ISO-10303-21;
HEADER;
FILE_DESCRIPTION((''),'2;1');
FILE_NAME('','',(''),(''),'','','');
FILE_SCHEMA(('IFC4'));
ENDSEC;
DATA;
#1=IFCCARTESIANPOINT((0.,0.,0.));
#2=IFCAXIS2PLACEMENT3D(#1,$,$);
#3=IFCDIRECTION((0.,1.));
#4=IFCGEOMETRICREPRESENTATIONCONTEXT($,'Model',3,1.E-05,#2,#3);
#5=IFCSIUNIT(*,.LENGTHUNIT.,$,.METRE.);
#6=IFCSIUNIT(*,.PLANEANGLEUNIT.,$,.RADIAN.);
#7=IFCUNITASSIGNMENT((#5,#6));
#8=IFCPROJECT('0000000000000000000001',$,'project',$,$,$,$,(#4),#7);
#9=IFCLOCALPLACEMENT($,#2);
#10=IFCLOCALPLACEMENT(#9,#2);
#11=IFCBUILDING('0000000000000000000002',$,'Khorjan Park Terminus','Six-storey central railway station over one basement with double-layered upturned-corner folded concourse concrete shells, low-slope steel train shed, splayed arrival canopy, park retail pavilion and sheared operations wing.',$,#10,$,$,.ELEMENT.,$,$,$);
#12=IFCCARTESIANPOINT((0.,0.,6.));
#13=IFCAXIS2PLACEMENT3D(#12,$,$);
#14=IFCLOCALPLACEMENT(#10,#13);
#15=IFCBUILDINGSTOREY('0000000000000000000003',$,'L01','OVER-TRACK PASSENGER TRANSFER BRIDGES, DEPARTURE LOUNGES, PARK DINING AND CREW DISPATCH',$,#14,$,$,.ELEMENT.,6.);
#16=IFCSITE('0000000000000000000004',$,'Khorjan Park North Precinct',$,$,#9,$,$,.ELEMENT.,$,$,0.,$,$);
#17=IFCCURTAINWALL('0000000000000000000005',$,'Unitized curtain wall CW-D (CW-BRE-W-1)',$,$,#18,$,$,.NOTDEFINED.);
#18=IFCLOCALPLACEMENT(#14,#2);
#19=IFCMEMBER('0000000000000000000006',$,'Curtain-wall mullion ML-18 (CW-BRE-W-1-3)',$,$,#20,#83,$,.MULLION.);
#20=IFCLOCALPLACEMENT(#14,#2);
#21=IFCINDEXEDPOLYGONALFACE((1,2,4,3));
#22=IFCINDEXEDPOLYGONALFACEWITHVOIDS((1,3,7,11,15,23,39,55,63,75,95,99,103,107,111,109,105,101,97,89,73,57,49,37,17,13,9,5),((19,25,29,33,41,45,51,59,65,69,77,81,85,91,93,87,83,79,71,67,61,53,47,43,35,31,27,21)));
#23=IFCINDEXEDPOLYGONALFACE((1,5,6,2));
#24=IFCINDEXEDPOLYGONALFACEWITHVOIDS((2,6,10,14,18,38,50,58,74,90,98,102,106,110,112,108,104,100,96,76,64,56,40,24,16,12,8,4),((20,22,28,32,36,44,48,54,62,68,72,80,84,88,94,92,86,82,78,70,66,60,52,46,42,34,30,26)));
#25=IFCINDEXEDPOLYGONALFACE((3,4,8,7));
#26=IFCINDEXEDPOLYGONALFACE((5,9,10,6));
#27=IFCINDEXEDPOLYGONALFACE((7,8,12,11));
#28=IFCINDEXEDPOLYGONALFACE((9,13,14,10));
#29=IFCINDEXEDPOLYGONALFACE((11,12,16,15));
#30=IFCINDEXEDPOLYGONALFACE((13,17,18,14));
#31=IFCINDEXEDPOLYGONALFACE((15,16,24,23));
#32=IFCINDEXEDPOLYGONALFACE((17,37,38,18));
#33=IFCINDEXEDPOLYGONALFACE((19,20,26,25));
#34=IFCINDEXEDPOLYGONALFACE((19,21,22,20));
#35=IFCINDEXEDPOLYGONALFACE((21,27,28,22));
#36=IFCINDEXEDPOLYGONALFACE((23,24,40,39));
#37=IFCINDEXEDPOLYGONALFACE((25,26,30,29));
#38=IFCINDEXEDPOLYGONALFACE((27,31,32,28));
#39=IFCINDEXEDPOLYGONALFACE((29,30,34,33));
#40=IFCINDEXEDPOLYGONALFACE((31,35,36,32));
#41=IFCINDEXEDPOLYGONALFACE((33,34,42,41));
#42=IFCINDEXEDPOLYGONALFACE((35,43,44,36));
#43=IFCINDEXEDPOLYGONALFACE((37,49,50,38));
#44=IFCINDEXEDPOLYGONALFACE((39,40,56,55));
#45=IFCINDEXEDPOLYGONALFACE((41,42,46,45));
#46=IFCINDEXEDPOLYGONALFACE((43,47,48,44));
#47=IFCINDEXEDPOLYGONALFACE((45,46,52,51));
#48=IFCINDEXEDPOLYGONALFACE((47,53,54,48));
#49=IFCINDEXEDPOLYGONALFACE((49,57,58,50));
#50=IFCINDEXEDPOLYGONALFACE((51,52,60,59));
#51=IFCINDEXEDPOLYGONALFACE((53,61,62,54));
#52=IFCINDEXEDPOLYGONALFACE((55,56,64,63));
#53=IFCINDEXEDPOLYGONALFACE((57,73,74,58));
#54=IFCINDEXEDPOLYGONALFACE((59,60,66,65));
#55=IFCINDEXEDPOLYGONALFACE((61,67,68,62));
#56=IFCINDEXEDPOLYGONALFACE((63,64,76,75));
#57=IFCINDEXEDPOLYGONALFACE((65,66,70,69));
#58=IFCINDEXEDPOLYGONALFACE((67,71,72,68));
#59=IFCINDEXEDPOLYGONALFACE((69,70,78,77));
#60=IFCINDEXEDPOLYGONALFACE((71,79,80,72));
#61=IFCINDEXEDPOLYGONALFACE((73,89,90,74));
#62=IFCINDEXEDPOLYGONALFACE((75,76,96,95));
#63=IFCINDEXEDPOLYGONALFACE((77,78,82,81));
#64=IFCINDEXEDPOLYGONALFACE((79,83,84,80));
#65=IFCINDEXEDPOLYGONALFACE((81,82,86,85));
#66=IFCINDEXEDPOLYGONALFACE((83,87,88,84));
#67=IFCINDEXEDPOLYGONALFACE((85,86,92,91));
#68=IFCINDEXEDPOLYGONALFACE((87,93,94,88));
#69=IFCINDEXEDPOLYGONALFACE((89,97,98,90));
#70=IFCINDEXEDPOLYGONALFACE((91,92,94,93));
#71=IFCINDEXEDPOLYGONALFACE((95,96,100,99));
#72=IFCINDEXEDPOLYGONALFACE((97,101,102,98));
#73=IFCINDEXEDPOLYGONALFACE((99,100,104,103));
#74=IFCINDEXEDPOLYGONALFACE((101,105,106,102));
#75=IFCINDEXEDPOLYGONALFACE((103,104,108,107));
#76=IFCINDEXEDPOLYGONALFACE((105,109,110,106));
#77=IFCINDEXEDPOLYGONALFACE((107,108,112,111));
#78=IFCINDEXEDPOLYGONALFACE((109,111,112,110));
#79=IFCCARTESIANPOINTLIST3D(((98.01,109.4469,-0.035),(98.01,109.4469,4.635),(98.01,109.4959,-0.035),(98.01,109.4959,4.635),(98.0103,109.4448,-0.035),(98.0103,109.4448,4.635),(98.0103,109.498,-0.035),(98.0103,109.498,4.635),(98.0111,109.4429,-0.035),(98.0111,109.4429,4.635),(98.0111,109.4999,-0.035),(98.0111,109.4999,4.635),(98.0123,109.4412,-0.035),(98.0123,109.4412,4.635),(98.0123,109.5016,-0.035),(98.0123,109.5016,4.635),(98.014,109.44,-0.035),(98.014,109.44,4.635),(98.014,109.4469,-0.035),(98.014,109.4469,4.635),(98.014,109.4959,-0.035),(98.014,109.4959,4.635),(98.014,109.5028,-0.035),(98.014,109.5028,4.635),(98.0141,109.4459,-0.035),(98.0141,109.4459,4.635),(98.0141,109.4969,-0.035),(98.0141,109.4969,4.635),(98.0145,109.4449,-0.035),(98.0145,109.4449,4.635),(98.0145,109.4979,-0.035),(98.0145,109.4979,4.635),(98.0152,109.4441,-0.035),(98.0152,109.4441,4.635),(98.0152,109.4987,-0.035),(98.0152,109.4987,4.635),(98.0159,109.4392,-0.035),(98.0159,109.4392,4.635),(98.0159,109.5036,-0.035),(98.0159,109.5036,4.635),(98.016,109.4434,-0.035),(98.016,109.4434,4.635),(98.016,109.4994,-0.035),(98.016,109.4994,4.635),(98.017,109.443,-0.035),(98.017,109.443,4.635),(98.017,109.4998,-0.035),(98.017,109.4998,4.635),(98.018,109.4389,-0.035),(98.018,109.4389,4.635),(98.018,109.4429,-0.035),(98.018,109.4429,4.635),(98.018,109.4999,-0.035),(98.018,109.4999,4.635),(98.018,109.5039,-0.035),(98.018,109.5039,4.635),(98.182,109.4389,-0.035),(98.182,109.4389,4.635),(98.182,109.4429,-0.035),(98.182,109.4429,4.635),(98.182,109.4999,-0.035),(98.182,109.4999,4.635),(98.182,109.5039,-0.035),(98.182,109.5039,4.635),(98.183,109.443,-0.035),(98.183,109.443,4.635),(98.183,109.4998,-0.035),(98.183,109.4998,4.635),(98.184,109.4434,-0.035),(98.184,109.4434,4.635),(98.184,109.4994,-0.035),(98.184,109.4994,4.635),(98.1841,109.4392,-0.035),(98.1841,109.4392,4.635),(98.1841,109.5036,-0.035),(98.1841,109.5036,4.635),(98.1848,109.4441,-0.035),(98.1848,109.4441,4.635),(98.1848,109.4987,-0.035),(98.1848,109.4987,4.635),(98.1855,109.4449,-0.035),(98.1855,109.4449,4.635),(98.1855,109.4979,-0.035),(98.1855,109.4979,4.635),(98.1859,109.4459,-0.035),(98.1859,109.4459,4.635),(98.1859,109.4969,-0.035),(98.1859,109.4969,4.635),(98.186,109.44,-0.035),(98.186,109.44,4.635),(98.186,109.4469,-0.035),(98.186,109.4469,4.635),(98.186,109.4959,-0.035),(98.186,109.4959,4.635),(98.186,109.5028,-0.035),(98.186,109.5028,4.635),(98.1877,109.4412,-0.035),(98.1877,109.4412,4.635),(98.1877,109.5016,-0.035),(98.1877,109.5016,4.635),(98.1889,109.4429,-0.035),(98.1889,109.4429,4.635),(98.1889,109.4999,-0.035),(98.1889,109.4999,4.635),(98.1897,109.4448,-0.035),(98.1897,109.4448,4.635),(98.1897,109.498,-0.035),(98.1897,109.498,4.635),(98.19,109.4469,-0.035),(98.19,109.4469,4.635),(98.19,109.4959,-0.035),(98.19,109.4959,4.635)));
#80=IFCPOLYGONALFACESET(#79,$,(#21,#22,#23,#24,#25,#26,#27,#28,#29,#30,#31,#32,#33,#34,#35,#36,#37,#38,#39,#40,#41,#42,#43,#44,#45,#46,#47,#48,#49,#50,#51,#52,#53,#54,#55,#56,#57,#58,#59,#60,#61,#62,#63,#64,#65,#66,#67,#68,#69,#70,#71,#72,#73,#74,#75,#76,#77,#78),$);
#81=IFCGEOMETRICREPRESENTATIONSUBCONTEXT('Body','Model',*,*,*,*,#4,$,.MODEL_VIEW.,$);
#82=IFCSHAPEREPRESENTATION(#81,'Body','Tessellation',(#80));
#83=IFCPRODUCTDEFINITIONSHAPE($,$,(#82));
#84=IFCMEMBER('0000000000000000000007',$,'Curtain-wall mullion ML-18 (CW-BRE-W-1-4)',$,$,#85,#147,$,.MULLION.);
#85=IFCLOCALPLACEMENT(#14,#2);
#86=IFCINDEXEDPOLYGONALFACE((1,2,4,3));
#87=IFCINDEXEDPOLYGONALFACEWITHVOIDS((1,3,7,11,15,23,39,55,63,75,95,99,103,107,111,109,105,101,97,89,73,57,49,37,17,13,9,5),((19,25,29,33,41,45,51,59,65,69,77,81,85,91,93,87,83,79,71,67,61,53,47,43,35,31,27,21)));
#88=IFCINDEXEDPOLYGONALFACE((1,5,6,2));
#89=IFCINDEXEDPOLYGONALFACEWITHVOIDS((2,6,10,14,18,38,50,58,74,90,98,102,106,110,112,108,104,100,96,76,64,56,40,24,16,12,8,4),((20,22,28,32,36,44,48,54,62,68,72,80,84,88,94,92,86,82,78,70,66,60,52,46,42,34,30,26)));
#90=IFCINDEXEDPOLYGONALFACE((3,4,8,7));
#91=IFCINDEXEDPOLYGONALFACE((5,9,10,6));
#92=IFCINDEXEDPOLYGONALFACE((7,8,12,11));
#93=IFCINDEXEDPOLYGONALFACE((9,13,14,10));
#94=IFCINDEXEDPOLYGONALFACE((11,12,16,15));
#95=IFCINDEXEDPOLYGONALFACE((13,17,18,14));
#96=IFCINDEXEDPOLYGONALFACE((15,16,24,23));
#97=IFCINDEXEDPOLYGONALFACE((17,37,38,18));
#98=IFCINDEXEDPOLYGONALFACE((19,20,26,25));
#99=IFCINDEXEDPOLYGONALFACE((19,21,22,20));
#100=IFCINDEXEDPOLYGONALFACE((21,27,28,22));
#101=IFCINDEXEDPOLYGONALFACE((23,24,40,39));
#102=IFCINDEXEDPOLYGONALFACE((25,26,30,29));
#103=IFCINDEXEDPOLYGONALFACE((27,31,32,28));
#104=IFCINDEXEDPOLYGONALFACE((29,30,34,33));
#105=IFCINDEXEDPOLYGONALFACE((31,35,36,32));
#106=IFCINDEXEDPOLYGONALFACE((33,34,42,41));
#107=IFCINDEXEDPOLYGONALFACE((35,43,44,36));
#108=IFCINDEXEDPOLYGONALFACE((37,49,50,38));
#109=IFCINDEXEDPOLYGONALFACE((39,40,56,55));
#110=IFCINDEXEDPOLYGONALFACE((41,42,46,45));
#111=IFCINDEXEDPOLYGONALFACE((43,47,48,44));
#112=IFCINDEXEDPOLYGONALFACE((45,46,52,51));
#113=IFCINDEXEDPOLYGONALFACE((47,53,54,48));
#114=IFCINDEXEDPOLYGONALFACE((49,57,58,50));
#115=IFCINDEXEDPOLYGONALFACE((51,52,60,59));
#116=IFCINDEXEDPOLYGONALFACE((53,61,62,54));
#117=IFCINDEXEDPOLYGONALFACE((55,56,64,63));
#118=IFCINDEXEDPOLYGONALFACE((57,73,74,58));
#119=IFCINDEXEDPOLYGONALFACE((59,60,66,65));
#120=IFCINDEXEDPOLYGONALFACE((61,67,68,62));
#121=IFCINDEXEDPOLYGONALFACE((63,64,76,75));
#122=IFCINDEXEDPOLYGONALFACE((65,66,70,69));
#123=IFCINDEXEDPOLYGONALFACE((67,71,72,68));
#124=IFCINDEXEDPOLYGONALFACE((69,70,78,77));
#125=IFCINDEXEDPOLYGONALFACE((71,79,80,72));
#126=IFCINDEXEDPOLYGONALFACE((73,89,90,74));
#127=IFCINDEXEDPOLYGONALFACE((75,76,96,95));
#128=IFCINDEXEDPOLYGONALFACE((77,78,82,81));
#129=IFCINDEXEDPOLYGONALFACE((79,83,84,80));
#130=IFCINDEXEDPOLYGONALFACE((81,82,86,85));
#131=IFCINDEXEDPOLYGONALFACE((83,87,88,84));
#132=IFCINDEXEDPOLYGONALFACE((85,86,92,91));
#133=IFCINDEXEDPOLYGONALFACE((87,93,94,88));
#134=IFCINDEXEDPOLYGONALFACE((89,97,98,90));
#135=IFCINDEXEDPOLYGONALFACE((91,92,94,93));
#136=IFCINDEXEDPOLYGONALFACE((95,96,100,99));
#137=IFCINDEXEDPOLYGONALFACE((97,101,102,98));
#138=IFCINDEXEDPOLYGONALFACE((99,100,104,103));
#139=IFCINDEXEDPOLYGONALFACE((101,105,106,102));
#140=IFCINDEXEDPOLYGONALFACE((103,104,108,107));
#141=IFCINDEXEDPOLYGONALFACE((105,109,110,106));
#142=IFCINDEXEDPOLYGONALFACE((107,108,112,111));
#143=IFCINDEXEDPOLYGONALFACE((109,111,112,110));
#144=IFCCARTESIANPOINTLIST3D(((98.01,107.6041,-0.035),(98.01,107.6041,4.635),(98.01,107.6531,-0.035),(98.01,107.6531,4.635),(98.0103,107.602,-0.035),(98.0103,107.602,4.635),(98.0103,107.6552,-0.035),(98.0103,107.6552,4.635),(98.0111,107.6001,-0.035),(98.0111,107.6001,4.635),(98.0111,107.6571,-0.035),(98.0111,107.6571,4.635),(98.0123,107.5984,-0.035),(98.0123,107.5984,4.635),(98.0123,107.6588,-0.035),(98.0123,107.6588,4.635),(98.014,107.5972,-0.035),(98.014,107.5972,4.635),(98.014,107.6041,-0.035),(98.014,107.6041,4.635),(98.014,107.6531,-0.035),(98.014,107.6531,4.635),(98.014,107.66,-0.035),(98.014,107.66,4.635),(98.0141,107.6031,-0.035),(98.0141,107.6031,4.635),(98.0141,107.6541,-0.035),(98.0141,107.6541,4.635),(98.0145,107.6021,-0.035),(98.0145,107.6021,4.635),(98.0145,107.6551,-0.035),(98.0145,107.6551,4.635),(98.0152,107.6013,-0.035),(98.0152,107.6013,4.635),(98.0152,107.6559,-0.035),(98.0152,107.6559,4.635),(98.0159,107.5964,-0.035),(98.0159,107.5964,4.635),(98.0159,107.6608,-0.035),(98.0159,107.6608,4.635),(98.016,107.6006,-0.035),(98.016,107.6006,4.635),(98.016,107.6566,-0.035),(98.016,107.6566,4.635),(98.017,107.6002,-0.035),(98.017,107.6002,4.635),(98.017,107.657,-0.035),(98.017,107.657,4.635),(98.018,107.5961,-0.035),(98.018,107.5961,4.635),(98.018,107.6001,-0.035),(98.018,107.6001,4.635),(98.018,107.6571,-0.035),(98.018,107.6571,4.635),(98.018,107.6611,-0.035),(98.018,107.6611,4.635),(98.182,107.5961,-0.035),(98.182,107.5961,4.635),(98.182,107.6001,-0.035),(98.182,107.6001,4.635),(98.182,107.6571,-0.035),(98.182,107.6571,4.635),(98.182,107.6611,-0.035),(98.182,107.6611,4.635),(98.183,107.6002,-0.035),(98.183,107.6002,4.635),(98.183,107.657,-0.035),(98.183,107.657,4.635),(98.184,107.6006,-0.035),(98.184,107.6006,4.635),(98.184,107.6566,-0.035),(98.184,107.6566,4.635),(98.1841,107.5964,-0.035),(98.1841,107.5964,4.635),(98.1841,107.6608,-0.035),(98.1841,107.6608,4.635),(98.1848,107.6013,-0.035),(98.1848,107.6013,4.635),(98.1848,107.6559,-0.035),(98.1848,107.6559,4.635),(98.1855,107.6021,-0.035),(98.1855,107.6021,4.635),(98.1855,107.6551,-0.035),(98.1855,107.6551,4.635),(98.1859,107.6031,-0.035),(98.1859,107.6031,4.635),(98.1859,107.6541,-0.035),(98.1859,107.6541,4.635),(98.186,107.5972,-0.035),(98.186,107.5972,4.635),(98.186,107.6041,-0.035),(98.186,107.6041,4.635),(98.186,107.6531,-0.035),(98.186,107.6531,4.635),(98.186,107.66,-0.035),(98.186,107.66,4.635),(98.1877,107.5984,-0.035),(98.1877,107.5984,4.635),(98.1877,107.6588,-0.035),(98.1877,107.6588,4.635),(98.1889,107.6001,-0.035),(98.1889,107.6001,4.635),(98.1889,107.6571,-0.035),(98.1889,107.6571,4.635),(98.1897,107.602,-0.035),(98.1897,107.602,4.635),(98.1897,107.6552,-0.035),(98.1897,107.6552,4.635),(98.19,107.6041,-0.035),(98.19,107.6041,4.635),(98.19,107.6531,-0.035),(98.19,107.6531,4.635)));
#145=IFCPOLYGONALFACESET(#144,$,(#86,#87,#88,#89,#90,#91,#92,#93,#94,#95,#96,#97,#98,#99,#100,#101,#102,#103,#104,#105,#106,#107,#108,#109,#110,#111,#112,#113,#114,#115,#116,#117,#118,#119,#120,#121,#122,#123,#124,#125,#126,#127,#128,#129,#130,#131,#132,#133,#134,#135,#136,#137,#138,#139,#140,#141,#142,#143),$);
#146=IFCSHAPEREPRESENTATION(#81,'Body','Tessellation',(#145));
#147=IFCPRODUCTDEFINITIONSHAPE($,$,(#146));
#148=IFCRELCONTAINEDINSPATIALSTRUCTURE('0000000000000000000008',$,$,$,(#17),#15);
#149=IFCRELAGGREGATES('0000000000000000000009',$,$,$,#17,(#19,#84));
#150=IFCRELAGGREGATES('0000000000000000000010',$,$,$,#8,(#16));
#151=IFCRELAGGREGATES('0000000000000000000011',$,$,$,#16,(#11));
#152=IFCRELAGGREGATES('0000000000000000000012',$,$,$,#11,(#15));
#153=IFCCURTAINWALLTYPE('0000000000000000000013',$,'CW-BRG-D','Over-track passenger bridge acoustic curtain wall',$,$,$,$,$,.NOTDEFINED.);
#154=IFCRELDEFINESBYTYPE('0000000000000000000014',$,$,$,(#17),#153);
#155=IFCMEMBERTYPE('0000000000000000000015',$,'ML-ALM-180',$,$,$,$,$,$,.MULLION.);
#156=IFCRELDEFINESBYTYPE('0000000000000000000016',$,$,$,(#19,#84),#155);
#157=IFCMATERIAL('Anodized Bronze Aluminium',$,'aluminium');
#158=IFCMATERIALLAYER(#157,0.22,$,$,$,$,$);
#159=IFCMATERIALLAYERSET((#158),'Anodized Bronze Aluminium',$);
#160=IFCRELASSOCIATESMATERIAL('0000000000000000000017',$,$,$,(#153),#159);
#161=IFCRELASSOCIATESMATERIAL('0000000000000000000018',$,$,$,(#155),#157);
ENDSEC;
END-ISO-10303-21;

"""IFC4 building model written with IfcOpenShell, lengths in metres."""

from ifc_helpers import new_model, si_unit, direction, frame, origin, origin_2d, place, context, subcontext, project, spatial, hollow_rectangle, extrude, material, layer, layer_set, material_profile, profile_set, type_object, element, aggregate, save


model = new_model("IFC4")

# Units and contexts
model_context = context("Model", 3, precision=1e-05, world=origin(), true_north=direction((0.0, 1.0)))
body_context = subcontext(model_context, "Body", "Model", "MODEL_VIEW")
ifc_project = project(units=[si_unit("LENGTHUNIT", "METRE"), si_unit("PLANEANGLEUNIT", "RADIAN")], contexts=[model_context])

# Site, building, storey
site_placement = place(None, origin())
site = spatial("IfcSite", under=ifc_project, at=site_placement, Name="Khorjan Park North Precinct", CompositionType="ELEMENT", RefElevation=0.0)
building_placement = place(site_placement, origin())
building = spatial("IfcBuilding", under=site, at=building_placement, Name="Khorjan Park Terminus", Description="Six-storey central railway station over one basement with double-layered upturned-corner folded concourse concrete shells, low-slope steel train shed, splayed arrival canopy, park retail pavilion and sheared operations wing.", CompositionType="ELEMENT")
storey_placement = place(building_placement, frame((0.0, 0.0, 6.0)))
storey = spatial("IfcBuildingStorey", under=building, at=storey_placement, Name="L01", Description="OVER-TRACK PASSENGER TRANSFER BRIDGES, DEPARTURE LOUNGES, PARK DINING AND CREW DISPATCH", CompositionType="ELEMENT", Elevation=6.0)

# Curtain wall, members
ifc_material_1 = material(Name="Anodized Bronze Aluminium", Category="aluminium")
ifc_layer_1 = layer(ifc_material_1, 0.22)
ifc_layer_set_1 = layer_set([ifc_layer_1], Name="Anodized Bronze Aluminium")
curtain_wall_type = type_object("IfcCurtainWallType", Name="CW-BRG-D", Description="Over-track passenger bridge acoustic curtain wall", PredefinedType="NOTDEFINED", material=ifc_layer_set_1)
ifc_material_profile_1 = material_profile(ifc_material_1, hollow_rectangle(XDim=0.065, YDim=0.18, WallThickness=0.004, InnerFilletRadius=0.004, OuterFilletRadius=0.008, at=origin_2d()), Name="ALM 65x180x4")
ifc_profile_set_1 = profile_set([ifc_material_profile_1], Name="Anodized Bronze Aluminium")
member_type_1 = type_object("IfcMemberType", Name="ML-ALM-180", PredefinedType="MULLION", material=ifc_profile_set_1)
curtain_wall_1_placement = place(storey_placement, origin())
curtain_wall_1 = element("IfcCurtainWall", 1, at=curtain_wall_1_placement, inside=storey, type_object=curtain_wall_type, Name="Unitized curtain wall CW-D (CW-BRE-W-1)", PredefinedType="NOTDEFINED")
member_1_placement = place(storey_placement, frame((98.1, 109.4714, -0.035), z_axis=(0.0, 0.0, 1.0), x_axis=(0.0, -1.0, 0.0)))
member_1 = element("IfcMember", 2, at=member_1_placement, type_object=member_type_1, Name="Curtain-wall mullion ML-18 (CW-BRE-W-1-3)", PredefinedType="MULLION", context=body_context, shape_type="SweptSolid", body=[
    extrude(hollow_rectangle(XDim=0.065, YDim=0.18, WallThickness=0.004, InnerFilletRadius=0.004, OuterFilletRadius=0.008, at=origin_2d()), origin(), (0.0, 0.0, 1.0), 4.67),
])
member_2_placement = place(storey_placement, frame((98.1, 107.6286, -0.035), z_axis=(0.0, 0.0, 1.0), x_axis=(0.0, -1.0, 0.0)))
member_2 = element("IfcMember", 3, at=member_2_placement, type_object=member_type_1, Name="Curtain-wall mullion ML-18 (CW-BRE-W-1-4)", PredefinedType="MULLION", context=body_context, shape_type="SweptSolid", body=[
    extrude(hollow_rectangle(XDim=0.065, YDim=0.18, WallThickness=0.004, InnerFilletRadius=0.004, OuterFilletRadius=0.008, at=origin_2d()), origin(), (0.0, 0.0, 1.0), 4.67),
])

aggregate(curtain_wall_1, [member_1, member_2])

save(model, "model.ifc")
